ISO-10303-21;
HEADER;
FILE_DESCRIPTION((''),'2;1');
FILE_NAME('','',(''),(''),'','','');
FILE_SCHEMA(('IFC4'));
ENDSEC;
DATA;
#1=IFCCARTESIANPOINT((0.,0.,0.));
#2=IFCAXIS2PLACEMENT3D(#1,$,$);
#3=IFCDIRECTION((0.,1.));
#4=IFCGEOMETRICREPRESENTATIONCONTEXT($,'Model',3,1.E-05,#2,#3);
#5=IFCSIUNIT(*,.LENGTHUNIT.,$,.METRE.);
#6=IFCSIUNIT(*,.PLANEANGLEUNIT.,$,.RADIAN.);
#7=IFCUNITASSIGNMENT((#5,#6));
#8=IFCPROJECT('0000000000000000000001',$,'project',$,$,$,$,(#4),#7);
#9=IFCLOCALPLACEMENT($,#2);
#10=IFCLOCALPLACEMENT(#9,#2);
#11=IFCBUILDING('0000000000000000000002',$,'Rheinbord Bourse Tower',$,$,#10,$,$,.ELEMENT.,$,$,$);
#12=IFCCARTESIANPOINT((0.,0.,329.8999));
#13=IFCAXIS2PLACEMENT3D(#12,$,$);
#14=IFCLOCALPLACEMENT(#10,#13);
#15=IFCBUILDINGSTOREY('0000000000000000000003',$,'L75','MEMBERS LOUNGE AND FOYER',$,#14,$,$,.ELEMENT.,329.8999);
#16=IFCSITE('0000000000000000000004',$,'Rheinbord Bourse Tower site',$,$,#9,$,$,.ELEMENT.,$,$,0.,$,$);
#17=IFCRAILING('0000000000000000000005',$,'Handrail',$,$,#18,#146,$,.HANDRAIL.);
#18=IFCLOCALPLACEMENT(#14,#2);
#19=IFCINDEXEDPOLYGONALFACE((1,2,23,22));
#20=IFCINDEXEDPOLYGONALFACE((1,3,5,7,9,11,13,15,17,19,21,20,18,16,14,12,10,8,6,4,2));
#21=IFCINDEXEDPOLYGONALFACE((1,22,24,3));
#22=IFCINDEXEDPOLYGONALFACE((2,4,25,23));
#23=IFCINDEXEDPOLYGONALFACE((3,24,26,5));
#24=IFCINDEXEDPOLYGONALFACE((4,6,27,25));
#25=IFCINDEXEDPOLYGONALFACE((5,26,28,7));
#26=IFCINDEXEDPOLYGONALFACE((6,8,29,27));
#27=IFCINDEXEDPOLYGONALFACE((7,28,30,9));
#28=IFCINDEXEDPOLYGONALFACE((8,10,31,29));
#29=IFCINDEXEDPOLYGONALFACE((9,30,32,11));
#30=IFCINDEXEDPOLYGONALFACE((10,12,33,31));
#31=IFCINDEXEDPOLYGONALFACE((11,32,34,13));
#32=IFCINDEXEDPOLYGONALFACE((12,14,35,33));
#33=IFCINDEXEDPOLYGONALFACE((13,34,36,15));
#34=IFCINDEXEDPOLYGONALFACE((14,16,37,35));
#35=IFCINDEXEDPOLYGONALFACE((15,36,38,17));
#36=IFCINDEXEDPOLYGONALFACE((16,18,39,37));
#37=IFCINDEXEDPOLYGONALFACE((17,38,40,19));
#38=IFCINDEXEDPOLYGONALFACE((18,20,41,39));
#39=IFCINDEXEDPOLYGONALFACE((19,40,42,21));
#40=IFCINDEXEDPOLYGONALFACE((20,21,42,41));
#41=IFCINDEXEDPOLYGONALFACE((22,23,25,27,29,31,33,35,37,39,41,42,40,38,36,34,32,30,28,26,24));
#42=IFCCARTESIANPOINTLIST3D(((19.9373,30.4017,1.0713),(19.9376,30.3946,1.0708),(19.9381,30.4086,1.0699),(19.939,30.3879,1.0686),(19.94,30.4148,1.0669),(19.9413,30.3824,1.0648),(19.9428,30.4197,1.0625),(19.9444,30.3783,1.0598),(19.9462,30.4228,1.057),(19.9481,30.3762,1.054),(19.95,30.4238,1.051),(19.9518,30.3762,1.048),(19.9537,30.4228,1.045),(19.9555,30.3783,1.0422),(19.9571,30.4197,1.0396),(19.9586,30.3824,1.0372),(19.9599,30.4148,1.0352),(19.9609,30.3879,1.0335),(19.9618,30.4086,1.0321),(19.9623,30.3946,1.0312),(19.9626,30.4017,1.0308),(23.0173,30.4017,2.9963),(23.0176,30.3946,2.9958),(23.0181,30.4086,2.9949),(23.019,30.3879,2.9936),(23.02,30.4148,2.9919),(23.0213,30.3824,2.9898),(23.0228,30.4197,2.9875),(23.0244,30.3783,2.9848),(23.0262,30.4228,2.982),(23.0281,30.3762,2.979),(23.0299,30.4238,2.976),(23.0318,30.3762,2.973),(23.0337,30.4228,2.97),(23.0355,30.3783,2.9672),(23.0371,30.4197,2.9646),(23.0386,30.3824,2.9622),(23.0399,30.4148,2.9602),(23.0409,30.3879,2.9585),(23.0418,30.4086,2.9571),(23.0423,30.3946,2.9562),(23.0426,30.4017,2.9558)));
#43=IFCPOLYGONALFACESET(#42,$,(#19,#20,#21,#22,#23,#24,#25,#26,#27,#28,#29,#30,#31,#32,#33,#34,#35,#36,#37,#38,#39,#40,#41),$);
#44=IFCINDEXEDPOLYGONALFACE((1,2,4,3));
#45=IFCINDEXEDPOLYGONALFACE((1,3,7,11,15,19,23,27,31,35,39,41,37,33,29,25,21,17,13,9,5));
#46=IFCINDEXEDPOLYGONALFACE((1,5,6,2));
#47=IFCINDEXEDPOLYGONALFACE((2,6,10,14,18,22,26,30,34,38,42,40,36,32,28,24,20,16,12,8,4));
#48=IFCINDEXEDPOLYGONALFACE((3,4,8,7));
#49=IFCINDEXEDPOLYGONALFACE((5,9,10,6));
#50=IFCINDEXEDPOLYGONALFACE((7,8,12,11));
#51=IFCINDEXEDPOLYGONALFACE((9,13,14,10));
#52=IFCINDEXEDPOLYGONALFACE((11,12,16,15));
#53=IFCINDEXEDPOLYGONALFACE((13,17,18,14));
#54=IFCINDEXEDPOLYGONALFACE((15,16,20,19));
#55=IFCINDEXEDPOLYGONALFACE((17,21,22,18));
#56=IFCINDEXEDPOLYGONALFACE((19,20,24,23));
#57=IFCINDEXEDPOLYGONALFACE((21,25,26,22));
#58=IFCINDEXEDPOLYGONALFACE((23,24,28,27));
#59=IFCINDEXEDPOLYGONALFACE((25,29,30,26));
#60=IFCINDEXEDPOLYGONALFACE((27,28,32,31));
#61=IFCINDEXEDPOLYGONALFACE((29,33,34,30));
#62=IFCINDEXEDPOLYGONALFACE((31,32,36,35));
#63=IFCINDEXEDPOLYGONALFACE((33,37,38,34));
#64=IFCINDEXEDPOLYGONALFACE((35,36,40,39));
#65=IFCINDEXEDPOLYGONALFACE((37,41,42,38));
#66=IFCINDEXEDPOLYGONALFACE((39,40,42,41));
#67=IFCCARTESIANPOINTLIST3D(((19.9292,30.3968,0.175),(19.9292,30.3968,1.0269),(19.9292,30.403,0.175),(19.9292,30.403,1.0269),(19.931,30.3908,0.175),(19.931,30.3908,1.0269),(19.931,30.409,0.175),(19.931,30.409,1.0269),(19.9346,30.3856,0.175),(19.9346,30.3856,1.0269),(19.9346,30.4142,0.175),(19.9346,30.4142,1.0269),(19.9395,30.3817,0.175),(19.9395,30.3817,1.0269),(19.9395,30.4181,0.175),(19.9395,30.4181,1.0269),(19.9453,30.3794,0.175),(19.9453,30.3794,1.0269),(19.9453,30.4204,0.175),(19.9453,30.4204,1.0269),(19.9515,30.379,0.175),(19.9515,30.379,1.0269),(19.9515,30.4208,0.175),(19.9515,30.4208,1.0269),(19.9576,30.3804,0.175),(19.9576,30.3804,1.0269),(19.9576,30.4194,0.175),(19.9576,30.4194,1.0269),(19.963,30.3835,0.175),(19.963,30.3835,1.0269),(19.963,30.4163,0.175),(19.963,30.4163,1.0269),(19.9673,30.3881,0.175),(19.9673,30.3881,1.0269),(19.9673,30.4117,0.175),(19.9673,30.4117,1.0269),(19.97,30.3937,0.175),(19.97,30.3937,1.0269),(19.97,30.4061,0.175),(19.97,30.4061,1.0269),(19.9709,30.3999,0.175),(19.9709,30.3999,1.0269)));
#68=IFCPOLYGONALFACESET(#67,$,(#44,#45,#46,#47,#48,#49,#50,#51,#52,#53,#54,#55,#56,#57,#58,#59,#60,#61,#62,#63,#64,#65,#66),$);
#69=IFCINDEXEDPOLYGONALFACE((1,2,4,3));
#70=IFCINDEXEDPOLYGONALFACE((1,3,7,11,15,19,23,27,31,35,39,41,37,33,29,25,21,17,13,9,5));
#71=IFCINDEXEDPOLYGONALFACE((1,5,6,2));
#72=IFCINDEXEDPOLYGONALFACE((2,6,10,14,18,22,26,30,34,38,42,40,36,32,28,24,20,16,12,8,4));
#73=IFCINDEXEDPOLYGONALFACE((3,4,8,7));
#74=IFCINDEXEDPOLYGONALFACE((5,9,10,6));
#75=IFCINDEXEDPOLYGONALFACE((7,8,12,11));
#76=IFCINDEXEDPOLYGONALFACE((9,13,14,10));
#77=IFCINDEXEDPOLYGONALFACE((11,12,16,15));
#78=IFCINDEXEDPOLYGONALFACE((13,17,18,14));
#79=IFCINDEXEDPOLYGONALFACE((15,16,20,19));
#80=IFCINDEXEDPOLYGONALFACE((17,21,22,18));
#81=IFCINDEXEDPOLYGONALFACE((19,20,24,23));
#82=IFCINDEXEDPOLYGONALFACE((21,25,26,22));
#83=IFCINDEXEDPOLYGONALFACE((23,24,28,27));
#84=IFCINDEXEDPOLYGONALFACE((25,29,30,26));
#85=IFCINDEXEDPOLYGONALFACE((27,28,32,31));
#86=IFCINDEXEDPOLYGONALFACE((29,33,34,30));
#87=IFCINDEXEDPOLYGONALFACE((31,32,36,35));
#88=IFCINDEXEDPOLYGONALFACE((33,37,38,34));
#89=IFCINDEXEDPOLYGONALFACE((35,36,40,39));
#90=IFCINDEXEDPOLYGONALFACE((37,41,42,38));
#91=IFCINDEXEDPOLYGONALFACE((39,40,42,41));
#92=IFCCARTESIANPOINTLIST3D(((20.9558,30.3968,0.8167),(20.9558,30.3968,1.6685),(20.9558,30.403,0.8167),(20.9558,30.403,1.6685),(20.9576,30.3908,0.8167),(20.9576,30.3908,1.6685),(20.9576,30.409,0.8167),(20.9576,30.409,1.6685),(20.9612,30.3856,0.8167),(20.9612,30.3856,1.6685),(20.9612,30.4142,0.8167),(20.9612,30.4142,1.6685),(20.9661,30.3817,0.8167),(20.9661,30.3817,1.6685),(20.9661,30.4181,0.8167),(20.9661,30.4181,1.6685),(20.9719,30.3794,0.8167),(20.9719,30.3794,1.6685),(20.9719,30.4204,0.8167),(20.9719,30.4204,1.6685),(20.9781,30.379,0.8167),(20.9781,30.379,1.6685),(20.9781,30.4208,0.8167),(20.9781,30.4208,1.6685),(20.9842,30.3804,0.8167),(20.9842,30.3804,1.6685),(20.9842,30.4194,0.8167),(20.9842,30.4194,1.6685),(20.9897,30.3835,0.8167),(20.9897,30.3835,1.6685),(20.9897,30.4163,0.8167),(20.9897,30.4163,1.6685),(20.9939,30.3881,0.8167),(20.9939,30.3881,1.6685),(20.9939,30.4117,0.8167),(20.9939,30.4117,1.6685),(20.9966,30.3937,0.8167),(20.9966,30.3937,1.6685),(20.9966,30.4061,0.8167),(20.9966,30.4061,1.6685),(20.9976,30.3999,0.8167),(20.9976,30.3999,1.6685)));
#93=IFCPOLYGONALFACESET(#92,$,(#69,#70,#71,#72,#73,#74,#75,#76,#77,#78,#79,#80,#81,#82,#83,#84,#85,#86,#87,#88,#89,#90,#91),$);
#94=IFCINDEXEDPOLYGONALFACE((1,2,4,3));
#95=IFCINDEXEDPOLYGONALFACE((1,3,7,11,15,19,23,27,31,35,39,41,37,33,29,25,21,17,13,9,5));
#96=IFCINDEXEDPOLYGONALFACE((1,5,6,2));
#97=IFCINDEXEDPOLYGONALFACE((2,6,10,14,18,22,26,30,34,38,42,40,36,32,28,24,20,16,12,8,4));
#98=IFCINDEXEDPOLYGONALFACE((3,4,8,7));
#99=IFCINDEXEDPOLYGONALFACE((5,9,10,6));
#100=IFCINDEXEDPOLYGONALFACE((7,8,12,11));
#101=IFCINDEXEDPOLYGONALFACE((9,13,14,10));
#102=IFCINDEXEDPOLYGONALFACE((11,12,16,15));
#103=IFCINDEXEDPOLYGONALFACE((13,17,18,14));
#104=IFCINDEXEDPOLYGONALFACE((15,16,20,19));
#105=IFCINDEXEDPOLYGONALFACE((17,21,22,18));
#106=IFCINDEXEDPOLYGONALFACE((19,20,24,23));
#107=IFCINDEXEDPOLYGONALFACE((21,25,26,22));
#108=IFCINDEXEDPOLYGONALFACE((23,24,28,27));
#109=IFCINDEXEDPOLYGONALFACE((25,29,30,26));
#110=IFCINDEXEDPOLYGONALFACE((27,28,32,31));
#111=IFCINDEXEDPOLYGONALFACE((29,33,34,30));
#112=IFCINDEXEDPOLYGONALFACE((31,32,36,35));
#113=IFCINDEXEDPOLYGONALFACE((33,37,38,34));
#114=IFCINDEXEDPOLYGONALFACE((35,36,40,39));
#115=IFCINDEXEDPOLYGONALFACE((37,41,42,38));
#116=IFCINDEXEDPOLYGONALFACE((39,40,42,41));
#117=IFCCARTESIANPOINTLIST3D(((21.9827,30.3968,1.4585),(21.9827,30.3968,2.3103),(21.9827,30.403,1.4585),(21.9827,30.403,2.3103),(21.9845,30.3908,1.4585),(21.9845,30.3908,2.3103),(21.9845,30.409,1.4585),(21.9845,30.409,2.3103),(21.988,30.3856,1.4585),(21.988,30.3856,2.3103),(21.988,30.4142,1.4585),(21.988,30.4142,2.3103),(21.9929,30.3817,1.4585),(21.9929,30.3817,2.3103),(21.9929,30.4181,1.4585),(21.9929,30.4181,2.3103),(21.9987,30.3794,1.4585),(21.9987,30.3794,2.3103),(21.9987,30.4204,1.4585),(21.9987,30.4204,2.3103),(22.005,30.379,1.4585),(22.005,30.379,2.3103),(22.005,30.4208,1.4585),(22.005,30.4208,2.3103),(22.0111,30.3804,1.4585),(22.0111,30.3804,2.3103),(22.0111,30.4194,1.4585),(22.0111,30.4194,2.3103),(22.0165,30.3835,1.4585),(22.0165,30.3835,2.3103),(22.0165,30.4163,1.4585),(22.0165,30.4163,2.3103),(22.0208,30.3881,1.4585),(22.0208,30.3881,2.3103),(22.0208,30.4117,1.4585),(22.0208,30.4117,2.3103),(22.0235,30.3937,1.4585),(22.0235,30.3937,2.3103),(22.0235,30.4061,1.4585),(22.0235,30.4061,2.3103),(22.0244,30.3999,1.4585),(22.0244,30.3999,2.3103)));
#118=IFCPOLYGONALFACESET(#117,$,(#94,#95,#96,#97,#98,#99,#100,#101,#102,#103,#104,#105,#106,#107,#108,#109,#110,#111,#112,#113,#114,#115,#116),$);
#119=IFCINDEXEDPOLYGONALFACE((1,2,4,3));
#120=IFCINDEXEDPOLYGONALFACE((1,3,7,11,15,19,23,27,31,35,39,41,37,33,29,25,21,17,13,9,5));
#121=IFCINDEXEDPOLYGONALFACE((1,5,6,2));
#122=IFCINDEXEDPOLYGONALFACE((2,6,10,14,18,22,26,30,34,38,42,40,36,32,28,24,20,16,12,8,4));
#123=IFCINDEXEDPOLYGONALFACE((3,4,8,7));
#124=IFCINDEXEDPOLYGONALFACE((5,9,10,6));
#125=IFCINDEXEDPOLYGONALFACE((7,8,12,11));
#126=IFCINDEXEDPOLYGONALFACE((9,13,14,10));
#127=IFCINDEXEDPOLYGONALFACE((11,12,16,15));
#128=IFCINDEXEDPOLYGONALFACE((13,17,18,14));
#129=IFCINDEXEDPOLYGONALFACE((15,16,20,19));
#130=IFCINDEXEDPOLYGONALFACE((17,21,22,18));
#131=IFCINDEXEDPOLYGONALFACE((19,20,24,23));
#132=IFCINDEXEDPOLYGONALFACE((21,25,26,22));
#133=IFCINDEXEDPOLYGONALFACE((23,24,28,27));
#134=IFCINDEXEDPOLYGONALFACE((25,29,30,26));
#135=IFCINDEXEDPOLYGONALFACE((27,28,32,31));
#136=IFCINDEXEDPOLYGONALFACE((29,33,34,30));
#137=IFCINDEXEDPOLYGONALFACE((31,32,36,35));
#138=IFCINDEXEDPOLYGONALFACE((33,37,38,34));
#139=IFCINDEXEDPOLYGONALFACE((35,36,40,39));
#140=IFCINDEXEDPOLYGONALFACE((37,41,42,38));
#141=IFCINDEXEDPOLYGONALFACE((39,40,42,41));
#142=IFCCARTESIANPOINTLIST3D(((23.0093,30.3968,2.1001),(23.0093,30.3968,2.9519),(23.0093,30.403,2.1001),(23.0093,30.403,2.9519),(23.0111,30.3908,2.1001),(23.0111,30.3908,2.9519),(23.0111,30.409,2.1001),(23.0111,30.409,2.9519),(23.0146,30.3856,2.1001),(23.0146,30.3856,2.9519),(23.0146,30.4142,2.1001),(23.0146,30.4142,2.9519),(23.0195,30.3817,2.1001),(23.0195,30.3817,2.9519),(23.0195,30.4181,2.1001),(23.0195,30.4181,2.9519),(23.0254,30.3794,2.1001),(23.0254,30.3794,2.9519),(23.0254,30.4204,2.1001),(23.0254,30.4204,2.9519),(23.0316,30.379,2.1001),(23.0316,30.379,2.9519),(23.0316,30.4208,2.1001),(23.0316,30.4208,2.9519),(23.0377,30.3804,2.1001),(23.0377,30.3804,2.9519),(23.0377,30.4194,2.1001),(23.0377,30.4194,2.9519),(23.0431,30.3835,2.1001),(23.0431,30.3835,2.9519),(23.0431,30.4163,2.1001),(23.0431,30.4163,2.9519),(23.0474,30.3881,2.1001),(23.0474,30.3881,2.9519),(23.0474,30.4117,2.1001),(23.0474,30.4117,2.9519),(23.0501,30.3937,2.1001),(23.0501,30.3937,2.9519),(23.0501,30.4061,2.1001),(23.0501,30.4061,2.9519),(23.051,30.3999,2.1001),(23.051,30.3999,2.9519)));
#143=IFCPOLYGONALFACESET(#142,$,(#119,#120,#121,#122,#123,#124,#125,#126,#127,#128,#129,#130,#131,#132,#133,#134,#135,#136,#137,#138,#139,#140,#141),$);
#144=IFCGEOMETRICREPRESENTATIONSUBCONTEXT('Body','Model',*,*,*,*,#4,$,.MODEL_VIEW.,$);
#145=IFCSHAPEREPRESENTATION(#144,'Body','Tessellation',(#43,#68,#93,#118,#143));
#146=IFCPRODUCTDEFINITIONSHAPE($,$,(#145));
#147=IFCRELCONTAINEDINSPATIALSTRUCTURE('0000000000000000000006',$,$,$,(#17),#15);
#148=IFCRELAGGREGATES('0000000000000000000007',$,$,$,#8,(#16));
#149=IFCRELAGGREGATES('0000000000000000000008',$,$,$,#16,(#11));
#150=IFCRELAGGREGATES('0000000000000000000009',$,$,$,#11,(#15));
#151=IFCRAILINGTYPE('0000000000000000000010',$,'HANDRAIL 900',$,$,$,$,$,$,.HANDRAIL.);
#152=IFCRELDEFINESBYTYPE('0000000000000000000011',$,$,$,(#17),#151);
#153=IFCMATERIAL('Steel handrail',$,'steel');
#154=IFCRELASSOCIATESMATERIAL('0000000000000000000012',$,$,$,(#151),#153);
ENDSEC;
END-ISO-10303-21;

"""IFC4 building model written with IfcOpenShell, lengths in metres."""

from ifc_helpers import new_model, si_unit, direction, frame, origin, origin_2d, place, context, subcontext, project, spatial, circle, extrude, material, type_object, element, save


model = new_model("IFC4")

# Units and contexts
model_context = context("Model", 3, precision=1e-05, world=origin(), true_north=direction((0.0, 1.0)))
body_context = subcontext(model_context, "Body", "Model", "MODEL_VIEW")
ifc_project = project(units=[si_unit("LENGTHUNIT", "METRE"), si_unit("PLANEANGLEUNIT", "RADIAN")], contexts=[model_context])

# Site, building, storey
site_placement = place(None, origin())
site = spatial("IfcSite", under=ifc_project, at=site_placement, Name="Rheinbord Bourse Tower site", CompositionType="ELEMENT", RefElevation=0.0)
building_placement = place(site_placement, origin())
building = spatial("IfcBuilding", under=site, at=building_placement, Name="Rheinbord Bourse Tower", CompositionType="ELEMENT")
storey_placement = place(building_placement, frame((0.0, 0.0, 329.8999)))
storey = spatial("IfcBuildingStorey", under=building, at=storey_placement, Name="L75", Description="MEMBERS LOUNGE AND FOYER", CompositionType="ELEMENT", Elevation=329.8999)

# Railing
ifc_material_1 = material(Name="Steel handrail", Category="steel")
railing_type = type_object("IfcRailingType", Name="HANDRAIL 900", PredefinedType="HANDRAIL", material=ifc_material_1)
railing_1_placement = place(storey_placement, frame((19.95, 30.3999, 0.175)))
element("IfcRailing", 1, at=railing_1_placement, inside=storey, type_object=railing_type, Name="Handrail", PredefinedType="HANDRAIL", context=body_context, shape_type="SweptSolid", body=[
    extrude(circle(Radius=0.0239, at=origin_2d()), frame((0.0, 0.0, 0.876), z_axis=(0.847998, 0.0, 0.529999), x_axis=(0.0, 1.0, 0.0)), (0.0, 0.0, 1.0), 3.6321),
    extrude(circle(Radius=0.021, at=origin_2d()), origin(), (0.0, 0.0, 1.0), 0.8518),
    extrude(circle(Radius=0.021, at=origin_2d()), frame((1.0266, 0.0, 0.6416)), (0.0, 0.0, 1.0), 0.8518),
    extrude(circle(Radius=0.021, at=origin_2d()), frame((2.0535, 0.0, 1.2834)), (0.0, 0.0, 1.0), 0.8518),
    extrude(circle(Radius=0.021, at=origin_2d()), frame((3.0801, 0.0, 1.925)), (0.0, 0.0, 1.0), 0.8518),
])

save(model, "model.ifc")
